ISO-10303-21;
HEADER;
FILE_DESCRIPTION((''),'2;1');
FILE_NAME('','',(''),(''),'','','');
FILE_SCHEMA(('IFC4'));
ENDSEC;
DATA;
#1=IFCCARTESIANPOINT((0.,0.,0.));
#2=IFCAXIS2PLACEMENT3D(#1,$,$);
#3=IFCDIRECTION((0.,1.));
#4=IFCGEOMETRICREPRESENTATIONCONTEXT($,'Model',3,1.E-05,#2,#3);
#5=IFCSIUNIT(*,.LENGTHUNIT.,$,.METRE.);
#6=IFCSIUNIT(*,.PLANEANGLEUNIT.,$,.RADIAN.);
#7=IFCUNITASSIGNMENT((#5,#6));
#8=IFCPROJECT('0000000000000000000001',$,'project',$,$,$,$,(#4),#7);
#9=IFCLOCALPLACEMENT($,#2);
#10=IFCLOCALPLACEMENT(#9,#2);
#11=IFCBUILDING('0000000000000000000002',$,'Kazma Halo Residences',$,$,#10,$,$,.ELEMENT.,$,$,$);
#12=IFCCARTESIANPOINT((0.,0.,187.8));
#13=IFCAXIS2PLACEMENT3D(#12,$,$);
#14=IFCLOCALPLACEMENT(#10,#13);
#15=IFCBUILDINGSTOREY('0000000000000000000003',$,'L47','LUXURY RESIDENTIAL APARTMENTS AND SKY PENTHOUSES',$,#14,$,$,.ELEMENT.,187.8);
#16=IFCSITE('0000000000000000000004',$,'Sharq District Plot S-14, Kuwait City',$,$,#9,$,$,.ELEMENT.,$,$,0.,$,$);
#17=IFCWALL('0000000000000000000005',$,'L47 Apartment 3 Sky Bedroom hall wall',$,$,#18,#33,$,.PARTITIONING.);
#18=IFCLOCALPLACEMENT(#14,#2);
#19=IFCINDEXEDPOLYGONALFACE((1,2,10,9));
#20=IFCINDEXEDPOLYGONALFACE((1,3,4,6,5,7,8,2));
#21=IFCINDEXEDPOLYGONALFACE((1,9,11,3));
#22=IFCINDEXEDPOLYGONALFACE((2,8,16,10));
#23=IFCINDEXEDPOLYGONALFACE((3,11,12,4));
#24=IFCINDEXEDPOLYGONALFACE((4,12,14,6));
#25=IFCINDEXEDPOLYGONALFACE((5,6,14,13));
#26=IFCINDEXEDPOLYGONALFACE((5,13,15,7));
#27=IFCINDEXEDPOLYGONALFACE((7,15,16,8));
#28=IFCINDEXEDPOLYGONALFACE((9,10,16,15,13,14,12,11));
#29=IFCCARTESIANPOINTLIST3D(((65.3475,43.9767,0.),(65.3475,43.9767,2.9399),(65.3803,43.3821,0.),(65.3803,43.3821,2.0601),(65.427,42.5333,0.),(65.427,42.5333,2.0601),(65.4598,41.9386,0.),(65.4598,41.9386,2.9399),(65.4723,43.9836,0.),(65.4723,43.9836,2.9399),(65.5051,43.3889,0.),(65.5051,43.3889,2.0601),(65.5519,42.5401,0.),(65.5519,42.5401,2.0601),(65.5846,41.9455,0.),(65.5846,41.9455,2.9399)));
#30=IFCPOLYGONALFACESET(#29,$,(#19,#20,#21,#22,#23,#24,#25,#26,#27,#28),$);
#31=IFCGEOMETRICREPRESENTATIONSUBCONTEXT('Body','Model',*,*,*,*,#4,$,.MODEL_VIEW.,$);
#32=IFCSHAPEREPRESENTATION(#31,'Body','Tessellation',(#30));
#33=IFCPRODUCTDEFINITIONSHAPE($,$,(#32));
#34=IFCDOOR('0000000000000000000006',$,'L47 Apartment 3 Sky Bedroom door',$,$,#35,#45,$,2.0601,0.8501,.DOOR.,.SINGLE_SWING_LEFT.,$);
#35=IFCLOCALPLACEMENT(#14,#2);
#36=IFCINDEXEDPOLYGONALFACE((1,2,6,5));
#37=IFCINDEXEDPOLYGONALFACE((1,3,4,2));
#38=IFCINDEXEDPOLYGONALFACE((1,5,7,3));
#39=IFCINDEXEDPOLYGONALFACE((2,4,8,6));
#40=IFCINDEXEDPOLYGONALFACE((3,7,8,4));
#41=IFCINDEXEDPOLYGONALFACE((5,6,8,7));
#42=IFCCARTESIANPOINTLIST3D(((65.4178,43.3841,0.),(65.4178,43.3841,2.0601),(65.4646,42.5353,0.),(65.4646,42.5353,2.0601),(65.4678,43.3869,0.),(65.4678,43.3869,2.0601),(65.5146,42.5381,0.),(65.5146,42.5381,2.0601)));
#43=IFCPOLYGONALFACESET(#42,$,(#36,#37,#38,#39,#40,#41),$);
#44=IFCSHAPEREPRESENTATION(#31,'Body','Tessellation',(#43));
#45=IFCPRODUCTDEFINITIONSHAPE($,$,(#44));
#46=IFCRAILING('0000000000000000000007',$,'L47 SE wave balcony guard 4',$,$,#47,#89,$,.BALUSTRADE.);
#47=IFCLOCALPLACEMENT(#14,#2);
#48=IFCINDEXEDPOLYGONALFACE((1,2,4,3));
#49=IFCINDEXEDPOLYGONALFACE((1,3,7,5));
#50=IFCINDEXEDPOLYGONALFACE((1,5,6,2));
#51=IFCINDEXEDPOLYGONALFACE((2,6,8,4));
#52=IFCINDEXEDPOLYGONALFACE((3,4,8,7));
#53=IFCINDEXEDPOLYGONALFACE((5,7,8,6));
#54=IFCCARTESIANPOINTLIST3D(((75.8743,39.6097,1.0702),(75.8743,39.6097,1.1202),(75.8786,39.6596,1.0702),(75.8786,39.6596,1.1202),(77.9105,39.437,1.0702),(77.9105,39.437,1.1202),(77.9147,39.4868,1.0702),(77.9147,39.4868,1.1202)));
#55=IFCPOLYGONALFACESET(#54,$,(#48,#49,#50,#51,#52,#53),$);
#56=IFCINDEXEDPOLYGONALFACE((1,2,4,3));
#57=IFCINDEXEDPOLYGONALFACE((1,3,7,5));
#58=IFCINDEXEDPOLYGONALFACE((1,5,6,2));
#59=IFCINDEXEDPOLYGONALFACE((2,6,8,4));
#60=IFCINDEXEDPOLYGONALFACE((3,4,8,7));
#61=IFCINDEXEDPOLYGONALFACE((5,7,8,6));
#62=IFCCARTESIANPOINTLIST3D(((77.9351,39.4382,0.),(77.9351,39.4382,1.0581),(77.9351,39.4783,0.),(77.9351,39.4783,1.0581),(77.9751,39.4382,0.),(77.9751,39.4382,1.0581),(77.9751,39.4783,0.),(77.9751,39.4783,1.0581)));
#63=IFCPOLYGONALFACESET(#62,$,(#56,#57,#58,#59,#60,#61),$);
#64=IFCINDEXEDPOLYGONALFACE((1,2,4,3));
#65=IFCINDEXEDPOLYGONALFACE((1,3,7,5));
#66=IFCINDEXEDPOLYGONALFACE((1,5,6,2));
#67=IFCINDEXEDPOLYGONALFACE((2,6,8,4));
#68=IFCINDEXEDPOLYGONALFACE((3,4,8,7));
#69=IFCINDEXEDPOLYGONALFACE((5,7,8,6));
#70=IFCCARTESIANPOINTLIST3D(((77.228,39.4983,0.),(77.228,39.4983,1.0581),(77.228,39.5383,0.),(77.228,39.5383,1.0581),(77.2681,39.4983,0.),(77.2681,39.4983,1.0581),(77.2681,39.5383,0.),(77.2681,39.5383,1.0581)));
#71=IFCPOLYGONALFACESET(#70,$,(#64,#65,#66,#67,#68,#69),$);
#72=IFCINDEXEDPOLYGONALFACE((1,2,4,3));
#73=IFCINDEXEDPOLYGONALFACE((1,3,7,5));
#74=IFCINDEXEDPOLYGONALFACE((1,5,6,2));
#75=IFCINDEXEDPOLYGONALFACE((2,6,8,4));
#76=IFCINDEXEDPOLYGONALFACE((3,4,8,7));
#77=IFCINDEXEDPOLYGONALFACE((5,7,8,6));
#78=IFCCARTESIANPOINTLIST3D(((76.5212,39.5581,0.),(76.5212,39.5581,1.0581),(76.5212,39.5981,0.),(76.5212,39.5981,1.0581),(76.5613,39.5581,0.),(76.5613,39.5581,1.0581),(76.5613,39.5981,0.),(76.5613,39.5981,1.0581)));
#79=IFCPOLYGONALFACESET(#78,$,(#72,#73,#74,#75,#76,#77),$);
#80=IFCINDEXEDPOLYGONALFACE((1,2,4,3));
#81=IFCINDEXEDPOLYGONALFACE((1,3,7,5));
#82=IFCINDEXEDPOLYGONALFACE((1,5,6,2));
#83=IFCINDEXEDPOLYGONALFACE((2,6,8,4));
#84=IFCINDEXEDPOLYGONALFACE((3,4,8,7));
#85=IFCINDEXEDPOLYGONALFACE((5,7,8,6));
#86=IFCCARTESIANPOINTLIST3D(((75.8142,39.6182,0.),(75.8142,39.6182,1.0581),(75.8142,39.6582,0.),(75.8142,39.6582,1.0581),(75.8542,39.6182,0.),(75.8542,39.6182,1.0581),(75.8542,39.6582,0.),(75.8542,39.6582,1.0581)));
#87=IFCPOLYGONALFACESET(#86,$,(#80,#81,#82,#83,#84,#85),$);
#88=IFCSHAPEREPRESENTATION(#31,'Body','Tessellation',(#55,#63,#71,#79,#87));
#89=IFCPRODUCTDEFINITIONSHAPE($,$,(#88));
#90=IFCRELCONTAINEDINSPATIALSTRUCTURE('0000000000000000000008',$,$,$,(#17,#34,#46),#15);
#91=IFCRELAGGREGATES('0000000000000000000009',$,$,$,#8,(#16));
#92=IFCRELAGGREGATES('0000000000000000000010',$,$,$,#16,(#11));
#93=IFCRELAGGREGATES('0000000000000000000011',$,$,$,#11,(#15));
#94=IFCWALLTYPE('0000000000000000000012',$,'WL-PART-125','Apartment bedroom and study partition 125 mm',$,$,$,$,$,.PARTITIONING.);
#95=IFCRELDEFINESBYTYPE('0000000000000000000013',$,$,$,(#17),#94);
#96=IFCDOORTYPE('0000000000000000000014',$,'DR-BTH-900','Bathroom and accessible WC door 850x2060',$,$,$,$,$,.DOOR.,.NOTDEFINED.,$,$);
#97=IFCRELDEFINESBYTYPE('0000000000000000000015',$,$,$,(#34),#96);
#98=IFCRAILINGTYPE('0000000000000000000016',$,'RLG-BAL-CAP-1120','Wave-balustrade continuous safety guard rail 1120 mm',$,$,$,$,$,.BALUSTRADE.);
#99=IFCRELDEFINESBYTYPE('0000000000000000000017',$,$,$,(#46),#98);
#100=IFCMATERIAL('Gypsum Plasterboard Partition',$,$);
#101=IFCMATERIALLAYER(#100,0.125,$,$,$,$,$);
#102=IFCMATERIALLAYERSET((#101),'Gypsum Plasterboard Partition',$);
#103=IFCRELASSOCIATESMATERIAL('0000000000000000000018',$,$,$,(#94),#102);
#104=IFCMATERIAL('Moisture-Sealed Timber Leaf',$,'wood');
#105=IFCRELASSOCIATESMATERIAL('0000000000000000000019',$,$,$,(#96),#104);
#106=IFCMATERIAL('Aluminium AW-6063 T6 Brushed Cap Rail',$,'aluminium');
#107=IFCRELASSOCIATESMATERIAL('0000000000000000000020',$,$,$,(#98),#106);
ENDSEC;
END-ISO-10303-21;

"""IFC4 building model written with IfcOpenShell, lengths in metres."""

from ifc_helpers import new_model, si_unit, direction, frame, frame_2d, origin, origin_2d, place, context, subcontext, project, spatial, rectangle, extrude, material, layer, layer_set, type_object, element, fill, save


model = new_model("IFC4")

# Units and contexts
model_context = context("Model", 3, precision=1e-05, world=origin(), true_north=direction((0.0, 1.0)))
body_context = subcontext(model_context, "Body", "Model", "MODEL_VIEW")
ifc_project = project(units=[si_unit("LENGTHUNIT", "METRE"), si_unit("PLANEANGLEUNIT", "RADIAN")], contexts=[model_context])

# Site, building, storey
site_placement = place(None, origin())
site = spatial("IfcSite", under=ifc_project, at=site_placement, Name="Sharq District Plot S-14, Kuwait City", CompositionType="ELEMENT", RefElevation=0.0)
building_placement = place(site_placement, origin())
building = spatial("IfcBuilding", under=site, at=building_placement, Name="Kazma Halo Residences", CompositionType="ELEMENT")
storey_placement = place(building_placement, frame((0.0, 0.0, 187.8)))
storey = spatial("IfcBuildingStorey", under=building, at=storey_placement, Name="L47", Description="LUXURY RESIDENTIAL APARTMENTS AND SKY PENTHOUSES", CompositionType="ELEMENT", Elevation=187.8)

# Shared definitions
ifc_material_1 = material(Name="Gypsum Plasterboard Partition")
ifc_layer_1 = layer(ifc_material_1, 0.125)
ifc_layer_set_1 = layer_set([ifc_layer_1], Name="Gypsum Plasterboard Partition")
wall_type_1 = type_object("IfcWallType", Name="WL-PART-125", Description="Apartment bedroom and study partition 125 mm", PredefinedType="PARTITIONING", material=ifc_layer_set_1)

# Wall, opening, door
ifc_material_2 = material(Name="Moisture-Sealed Timber Leaf", Category="wood")
door_type = type_object("IfcDoorType", Name="DR-BTH-900", Description="Bathroom and accessible WC door 850x2060", OperationType="NOTDEFINED", PredefinedType="DOOR", material=ifc_material_2)
wall_1_placement = place(storey_placement, frame((65.5222, 41.9421, 0.0), z_axis=(0.0, 0.0, 1.0), x_axis=(-0.05502, 0.998485, 0.0)))
wall_1 = element("IfcWall", 1, at=wall_1_placement, inside=storey, type_object=wall_type_1, Name="L47 Apartment 3 Sky Bedroom hall wall", PredefinedType="PARTITIONING", context=body_context, shape_type="SweptSolid", body=[
    extrude(rectangle(XDim=2.0413, YDim=0.125, at=frame_2d((1.0205, 0.0))), origin(), (0.0, 0.0, 1.0), 2.9399),
])
opening_1_placement = place(wall_1_placement, frame((0.5955, 0.0, 0.0)))
opening_1 = element("IfcOpeningElement", 2, at=opening_1_placement, cuts=wall_1, PredefinedType="OPENING", context=body_context, shape_type="SweptSolid", body=[
    extrude(rectangle(XDim=0.8501, YDim=2.0601, at=frame_2d((0.425, 1.03))), frame((0.0, 0.0725, 0.0), z_axis=(0.0, -1.0, 0.0), x_axis=(1.0, 0.0, 0.0)), (0.0, 0.0, 1.0), 0.145),
])
door_1_placement = place(opening_1_placement, origin())
door_1 = element("IfcDoor", 3, at=door_1_placement, inside=storey, type_object=door_type, Name="L47 Apartment 3 Sky Bedroom door", OperationType="SINGLE_SWING_LEFT", OverallHeight=2.0601, OverallWidth=0.8501, PredefinedType="DOOR", context=body_context, shape_type="SweptSolid", body=[
    extrude(rectangle(XDim=0.8501, YDim=2.0601, at=frame_2d((0.425, 1.03))), frame((0.0, 0.0249, 0.0), z_axis=(0.0, -1.0, 0.0), x_axis=(1.0, 0.0, 0.0)), (0.0, 0.0, 1.0), 0.05),
])
fill(opening_1, door_1)

# Railing
ifc_material_3 = material(Name="Aluminium AW-6063 T6 Brushed Cap Rail", Category="aluminium")
railing_type = type_object("IfcRailingType", Name="RLG-BAL-CAP-1120", Description="Wave-balustrade continuous safety guard rail 1120 mm", PredefinedType="BALUSTRADE", material=ifc_material_3)
railing_placement = place(storey_placement, frame((77.9551, 39.4583, 0.0)))
element("IfcRailing", 4, at=railing_placement, inside=storey, type_object=railing_type, Name="L47 SE wave balcony guard 4", PredefinedType="BALUSTRADE", context=body_context, shape_type="SweptSolid", body=[
    extrude(rectangle(XDim=0.05, YDim=0.05, at=origin_2d()), frame((-0.0425, 0.0037, 1.0952), z_axis=(-0.99642, 0.084536, 0.0), x_axis=(-0.084536, -0.99642, 0.0)), (0.0, 0.0, 1.0), 2.0435),
    extrude(rectangle(XDim=0.04, YDim=0.04, at=origin_2d()), origin(), (0.0, 0.0, 1.0), 1.0581),
    extrude(rectangle(XDim=0.04, YDim=0.04, at=origin_2d()), frame((-0.707, 0.0601, 0.0)), (0.0, 0.0, 1.0), 1.0581),
    extrude(rectangle(XDim=0.04, YDim=0.04, at=origin_2d()), frame((-1.4138, 0.1199, 0.0)), (0.0, 0.0, 1.0), 1.0581),
    extrude(rectangle(XDim=0.04, YDim=0.04, at=origin_2d()), frame((-2.1208, 0.1799, 0.0)), (0.0, 0.0, 1.0), 1.0581),
])

save(model, "model.ifc")
